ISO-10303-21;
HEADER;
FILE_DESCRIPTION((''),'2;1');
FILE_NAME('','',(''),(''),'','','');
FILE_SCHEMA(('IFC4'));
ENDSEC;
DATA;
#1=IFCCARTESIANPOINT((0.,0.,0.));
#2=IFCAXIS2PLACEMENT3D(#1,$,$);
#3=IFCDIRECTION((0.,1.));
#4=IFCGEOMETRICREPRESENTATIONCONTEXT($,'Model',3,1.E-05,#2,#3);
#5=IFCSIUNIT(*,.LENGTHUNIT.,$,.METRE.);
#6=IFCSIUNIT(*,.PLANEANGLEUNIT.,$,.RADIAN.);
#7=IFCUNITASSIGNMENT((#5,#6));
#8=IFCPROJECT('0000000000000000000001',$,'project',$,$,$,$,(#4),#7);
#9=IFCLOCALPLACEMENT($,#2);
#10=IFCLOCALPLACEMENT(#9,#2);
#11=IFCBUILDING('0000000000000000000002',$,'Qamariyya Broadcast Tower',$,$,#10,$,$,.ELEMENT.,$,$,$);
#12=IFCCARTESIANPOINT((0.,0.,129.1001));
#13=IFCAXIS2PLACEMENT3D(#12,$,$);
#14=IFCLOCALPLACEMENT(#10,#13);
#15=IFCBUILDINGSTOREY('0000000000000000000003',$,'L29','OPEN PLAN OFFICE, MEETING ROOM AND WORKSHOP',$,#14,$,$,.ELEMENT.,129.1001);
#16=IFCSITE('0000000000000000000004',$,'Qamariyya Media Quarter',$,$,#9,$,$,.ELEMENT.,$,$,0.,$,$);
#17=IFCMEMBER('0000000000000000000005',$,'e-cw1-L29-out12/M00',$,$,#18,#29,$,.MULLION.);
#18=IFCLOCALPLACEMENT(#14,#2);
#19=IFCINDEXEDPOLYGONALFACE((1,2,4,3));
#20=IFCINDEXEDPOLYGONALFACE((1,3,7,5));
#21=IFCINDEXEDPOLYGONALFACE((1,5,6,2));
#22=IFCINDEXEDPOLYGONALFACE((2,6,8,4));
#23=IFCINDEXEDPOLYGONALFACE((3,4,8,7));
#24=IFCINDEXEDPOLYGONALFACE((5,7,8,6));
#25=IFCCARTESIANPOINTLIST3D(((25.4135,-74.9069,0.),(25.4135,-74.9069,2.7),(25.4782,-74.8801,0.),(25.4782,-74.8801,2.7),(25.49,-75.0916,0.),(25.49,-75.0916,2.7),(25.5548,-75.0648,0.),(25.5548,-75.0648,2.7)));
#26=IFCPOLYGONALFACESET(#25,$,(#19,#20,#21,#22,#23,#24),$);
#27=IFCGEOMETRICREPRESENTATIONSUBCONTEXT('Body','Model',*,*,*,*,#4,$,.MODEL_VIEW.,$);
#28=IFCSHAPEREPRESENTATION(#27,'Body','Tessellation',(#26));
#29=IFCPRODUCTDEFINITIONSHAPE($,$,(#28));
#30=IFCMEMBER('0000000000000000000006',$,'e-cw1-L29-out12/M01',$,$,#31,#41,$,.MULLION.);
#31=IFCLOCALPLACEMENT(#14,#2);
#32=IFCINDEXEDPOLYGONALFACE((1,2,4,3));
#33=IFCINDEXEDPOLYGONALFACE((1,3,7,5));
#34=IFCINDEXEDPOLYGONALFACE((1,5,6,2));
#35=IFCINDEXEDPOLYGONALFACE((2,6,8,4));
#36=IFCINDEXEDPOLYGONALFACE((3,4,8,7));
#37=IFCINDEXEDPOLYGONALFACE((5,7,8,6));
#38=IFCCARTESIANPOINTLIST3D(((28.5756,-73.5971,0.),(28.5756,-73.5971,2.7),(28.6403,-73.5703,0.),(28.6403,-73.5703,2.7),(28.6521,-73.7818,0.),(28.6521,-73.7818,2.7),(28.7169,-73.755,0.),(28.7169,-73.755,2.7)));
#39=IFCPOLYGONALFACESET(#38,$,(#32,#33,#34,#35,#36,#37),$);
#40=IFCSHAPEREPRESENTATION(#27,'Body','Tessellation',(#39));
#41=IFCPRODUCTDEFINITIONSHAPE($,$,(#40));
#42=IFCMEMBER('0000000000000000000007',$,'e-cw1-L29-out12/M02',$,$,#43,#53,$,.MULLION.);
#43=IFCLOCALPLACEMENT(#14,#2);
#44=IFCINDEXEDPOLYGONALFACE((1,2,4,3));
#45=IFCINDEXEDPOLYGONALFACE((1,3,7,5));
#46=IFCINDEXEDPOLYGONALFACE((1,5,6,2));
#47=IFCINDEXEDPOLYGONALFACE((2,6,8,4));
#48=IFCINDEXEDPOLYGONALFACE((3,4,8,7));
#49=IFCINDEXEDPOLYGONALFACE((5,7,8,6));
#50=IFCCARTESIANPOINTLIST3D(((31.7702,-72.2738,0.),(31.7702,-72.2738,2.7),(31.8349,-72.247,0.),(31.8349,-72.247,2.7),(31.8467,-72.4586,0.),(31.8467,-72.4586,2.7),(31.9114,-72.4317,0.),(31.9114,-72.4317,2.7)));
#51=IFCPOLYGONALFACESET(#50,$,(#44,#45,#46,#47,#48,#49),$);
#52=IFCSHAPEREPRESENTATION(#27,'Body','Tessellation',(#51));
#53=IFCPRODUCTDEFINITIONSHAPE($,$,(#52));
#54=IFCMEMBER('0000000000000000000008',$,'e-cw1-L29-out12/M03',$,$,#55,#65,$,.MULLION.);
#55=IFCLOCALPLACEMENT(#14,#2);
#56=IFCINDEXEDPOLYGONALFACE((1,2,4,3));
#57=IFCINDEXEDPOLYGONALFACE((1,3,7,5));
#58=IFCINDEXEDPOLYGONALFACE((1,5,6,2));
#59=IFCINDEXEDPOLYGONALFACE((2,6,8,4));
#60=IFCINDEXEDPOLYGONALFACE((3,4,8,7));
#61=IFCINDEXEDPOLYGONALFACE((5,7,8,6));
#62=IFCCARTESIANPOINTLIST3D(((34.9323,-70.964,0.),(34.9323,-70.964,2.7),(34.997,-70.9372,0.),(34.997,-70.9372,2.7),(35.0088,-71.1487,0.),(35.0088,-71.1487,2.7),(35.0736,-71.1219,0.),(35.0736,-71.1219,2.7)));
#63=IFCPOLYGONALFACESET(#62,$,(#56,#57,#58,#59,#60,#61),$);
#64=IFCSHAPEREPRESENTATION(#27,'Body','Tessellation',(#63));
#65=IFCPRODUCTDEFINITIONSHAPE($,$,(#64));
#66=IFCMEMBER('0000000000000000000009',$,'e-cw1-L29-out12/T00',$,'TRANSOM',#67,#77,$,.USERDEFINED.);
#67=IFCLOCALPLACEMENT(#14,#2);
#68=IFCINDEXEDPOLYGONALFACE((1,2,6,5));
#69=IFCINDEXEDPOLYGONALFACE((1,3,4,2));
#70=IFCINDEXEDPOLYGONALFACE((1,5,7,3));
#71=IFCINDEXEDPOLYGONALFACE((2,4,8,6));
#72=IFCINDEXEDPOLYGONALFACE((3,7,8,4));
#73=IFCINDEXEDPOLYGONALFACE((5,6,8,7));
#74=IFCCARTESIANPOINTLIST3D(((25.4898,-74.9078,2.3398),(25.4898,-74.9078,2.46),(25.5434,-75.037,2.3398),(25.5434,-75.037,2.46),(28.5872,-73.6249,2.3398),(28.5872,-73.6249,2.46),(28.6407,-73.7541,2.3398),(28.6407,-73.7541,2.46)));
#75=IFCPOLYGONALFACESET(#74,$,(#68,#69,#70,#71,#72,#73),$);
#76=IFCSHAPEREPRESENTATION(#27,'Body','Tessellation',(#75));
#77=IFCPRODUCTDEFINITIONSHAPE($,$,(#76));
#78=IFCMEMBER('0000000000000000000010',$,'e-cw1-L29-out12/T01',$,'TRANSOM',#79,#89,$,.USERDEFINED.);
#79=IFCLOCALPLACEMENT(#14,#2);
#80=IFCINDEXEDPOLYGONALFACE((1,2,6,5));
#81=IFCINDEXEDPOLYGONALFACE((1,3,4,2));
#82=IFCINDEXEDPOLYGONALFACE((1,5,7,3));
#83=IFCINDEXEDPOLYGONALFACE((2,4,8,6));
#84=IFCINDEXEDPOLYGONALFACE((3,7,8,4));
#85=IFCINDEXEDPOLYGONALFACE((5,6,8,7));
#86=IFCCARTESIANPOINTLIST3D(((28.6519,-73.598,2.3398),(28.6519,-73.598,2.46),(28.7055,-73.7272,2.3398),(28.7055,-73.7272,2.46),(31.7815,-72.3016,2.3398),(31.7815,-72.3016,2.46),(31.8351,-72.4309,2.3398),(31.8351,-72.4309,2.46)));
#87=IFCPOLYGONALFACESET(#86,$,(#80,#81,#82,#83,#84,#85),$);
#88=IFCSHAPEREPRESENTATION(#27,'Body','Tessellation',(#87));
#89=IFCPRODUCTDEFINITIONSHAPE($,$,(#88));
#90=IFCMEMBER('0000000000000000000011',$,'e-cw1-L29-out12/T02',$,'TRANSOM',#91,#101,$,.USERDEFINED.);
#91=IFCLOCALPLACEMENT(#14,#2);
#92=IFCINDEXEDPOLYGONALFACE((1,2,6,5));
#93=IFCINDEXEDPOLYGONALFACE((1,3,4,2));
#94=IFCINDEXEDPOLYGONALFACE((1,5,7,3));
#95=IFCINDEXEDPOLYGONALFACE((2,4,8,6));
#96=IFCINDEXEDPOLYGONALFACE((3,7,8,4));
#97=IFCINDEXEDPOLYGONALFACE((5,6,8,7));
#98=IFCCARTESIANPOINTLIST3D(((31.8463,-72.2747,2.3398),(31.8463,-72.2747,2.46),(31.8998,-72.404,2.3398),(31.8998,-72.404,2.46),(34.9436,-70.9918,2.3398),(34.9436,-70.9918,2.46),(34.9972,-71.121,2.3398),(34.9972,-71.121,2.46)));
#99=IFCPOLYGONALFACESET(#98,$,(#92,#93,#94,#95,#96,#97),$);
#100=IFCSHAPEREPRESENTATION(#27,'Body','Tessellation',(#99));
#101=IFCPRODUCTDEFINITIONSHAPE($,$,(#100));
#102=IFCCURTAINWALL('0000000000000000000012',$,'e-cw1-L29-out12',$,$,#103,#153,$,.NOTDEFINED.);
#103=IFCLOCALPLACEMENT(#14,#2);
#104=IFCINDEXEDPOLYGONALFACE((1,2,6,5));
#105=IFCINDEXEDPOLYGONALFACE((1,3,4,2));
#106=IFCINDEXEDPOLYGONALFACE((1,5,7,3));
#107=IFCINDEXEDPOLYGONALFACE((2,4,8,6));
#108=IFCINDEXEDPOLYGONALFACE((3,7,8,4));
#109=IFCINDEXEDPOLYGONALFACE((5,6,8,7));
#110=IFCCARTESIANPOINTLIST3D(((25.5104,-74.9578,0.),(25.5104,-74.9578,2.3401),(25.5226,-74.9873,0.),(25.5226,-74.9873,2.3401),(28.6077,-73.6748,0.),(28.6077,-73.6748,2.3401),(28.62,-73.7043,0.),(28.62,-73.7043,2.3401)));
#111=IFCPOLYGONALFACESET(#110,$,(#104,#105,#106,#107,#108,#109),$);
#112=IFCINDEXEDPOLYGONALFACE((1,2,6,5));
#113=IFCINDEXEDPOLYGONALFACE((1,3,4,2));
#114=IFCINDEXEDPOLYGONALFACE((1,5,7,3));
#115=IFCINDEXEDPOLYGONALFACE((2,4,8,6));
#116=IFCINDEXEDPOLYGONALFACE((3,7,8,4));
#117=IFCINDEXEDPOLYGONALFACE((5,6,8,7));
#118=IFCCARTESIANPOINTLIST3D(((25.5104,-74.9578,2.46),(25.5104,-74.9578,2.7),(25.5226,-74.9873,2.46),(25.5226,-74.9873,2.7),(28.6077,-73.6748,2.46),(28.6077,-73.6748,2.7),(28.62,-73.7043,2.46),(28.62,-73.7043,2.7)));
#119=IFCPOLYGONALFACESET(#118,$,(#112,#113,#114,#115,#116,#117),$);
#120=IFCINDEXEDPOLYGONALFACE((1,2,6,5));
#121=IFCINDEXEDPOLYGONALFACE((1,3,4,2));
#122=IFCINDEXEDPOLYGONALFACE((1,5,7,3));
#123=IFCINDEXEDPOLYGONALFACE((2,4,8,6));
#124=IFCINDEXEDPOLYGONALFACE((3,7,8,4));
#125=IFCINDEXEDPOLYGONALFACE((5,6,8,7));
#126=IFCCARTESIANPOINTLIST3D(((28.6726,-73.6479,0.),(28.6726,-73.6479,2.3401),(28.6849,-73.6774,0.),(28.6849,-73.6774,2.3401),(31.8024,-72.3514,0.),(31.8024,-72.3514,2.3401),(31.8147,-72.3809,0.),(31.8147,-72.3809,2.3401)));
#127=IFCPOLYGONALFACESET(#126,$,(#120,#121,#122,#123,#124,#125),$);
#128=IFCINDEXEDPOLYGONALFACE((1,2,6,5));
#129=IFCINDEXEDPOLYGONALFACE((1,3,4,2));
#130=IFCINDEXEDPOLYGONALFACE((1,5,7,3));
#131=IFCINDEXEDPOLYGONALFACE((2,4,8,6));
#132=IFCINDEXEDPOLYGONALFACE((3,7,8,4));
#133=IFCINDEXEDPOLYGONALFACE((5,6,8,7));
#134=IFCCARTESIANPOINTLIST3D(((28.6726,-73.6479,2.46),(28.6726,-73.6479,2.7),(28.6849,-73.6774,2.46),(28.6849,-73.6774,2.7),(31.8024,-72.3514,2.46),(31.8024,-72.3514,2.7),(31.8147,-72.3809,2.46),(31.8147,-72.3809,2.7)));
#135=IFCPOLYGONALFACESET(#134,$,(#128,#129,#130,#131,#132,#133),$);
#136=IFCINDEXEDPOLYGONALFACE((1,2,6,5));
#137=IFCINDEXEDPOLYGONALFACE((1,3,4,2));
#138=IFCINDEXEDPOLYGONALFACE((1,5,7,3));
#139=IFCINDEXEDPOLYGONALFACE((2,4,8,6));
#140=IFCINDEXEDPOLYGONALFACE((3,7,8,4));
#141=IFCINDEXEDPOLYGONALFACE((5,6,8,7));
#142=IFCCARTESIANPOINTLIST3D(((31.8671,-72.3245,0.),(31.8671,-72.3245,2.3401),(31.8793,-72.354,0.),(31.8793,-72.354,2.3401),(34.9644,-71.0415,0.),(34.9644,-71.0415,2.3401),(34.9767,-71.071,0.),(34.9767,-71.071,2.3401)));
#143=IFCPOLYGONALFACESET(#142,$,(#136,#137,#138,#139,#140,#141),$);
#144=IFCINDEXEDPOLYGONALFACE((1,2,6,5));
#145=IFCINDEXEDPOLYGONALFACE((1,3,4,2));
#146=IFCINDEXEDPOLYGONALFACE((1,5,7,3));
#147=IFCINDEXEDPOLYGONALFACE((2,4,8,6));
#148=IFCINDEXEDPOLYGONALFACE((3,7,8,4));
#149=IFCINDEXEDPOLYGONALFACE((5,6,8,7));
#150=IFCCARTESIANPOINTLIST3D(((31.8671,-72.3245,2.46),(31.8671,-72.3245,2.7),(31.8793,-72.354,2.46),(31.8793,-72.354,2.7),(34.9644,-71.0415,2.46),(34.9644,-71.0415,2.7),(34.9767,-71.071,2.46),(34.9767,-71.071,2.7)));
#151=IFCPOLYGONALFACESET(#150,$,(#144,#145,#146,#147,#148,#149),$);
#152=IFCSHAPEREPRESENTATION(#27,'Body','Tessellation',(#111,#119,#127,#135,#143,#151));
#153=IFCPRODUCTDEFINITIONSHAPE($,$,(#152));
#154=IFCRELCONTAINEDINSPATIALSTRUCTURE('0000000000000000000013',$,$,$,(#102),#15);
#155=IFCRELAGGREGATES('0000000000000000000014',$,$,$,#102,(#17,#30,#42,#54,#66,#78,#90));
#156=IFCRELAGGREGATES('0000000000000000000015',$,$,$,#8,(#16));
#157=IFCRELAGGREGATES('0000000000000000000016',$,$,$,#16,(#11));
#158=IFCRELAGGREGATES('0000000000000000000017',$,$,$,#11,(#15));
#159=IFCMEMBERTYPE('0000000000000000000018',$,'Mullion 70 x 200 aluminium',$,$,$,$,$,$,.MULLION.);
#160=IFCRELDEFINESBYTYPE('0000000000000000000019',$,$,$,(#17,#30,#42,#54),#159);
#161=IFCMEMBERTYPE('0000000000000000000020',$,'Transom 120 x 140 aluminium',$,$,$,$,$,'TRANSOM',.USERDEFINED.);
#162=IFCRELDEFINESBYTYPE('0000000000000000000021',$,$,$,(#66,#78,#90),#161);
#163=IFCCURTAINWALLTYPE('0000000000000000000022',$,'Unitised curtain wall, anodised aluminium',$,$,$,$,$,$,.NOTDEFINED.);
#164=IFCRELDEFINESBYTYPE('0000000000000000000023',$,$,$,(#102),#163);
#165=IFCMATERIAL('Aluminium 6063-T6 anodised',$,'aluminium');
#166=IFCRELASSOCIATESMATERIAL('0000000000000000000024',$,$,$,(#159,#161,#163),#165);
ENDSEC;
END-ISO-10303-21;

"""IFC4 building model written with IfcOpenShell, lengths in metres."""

from ifc_helpers import new_model, si_unit, direction, frame, origin, origin_2d, place, context, subcontext, project, spatial, rectangle, extrude, material, material_profile, profile_set, type_object, element, aggregate, save


model = new_model("IFC4")

# Units and contexts
model_context = context("Model", 3, precision=1e-05, world=origin(), true_north=direction((0.0, 1.0)))
body_context = subcontext(model_context, "Body", "Model", "MODEL_VIEW")
ifc_project = project(units=[si_unit("LENGTHUNIT", "METRE"), si_unit("PLANEANGLEUNIT", "RADIAN")], contexts=[model_context])

# Members
ifc_material = material(Name="Aluminium 6063-T6 anodised", Category="aluminium")
ifc_material_profile_1 = material_profile(ifc_material, rectangle(XDim=0.2, YDim=0.0701, at=origin_2d()))
ifc_profile_set_1 = profile_set([ifc_material_profile_1], Name="Aluminium 6063-T6 anodised")
member_type_1 = type_object("IfcMemberType", Name="Mullion 70 x 200 aluminium", PredefinedType="MULLION", material=ifc_profile_set_1)
site_placement = place(None, origin())
building_placement = place(site_placement, origin())
storey_placement = place(building_placement, frame((0.0, 0.0, 129.1001)))
member_1_placement = place(storey_placement, frame((25.4841, -74.9858, 0.0), z_axis=(0.0, 0.0, 1.0), x_axis=(-0.382683, 0.92388, 0.0)))
member_1 = element("IfcMember", 1, at=member_1_placement, type_object=member_type_1, Name="e-cw1-L29-out12/M00", PredefinedType="MULLION", context=body_context, shape_type="SweptSolid", body=[
    extrude(rectangle(XDim=0.2, YDim=0.0701, at=origin_2d()), origin(), (0.0, 0.0, 1.0), 2.7),
])
member_2_placement = place(storey_placement, frame((28.6462, -73.676, 0.0), z_axis=(0.0, 0.0, 1.0), x_axis=(-0.382683, 0.92388, 0.0)))
member_2 = element("IfcMember", 2, at=member_2_placement, type_object=member_type_1, Name="e-cw1-L29-out12/M01", PredefinedType="MULLION", context=body_context, shape_type="SweptSolid", body=[
    extrude(rectangle(XDim=0.2, YDim=0.0701, at=origin_2d()), origin(), (0.0, 0.0, 1.0), 2.7),
])
member_3_placement = place(storey_placement, frame((31.8408, -72.3528, 0.0), z_axis=(0.0, 0.0, 1.0), x_axis=(-0.382683, 0.92388, 0.0)))
member_3 = element("IfcMember", 3, at=member_3_placement, type_object=member_type_1, Name="e-cw1-L29-out12/M02", PredefinedType="MULLION", context=body_context, shape_type="SweptSolid", body=[
    extrude(rectangle(XDim=0.2, YDim=0.0701, at=origin_2d()), origin(), (0.0, 0.0, 1.0), 2.7),
])
member_4_placement = place(storey_placement, frame((35.0029, -71.043, 0.0), z_axis=(0.0, 0.0, 1.0), x_axis=(-0.382683, 0.92388, 0.0)))
member_4 = element("IfcMember", 4, at=member_4_placement, type_object=member_type_1, Name="e-cw1-L29-out12/M03", PredefinedType="MULLION", context=body_context, shape_type="SweptSolid", body=[
    extrude(rectangle(XDim=0.2, YDim=0.0701, at=origin_2d()), origin(), (0.0, 0.0, 1.0), 2.7),
])
ifc_material_profile_2 = material_profile(ifc_material, rectangle(XDim=0.1399, YDim=0.1201, at=origin_2d()))
ifc_profile_set_2 = profile_set([ifc_material_profile_2], Name="Aluminium 6063-T6 anodised")
member_type_2 = type_object("IfcMemberType", Name="Transom 120 x 140 aluminium", ElementType="TRANSOM", PredefinedType="USERDEFINED", material=ifc_profile_set_2)
member_5_placement = place(storey_placement, frame((25.5166, -74.9724, 2.3999), z_axis=(0.923883, 0.382676, 0.0), x_axis=(-0.382676, 0.923883, 0.0)))
member_5 = element("IfcMember", 5, at=member_5_placement, type_object=member_type_2, Name="e-cw1-L29-out12/T00", ObjectType="TRANSOM", PredefinedType="USERDEFINED", context=body_context, shape_type="SweptSolid", body=[
    extrude(rectangle(XDim=0.1399, YDim=0.1201, at=origin_2d()), origin(), (0.0, 0.0, 1.0), 3.3525),
])
member_6_placement = place(storey_placement, frame((28.6787, -73.6626, 2.3999), z_axis=(0.923875, 0.382696, 0.0), x_axis=(-0.382696, 0.923875, 0.0)))
member_6 = element("IfcMember", 6, at=member_6_placement, type_object=member_type_2, Name="e-cw1-L29-out12/T01", ObjectType="TRANSOM", PredefinedType="USERDEFINED", context=body_context, shape_type="SweptSolid", body=[
    extrude(rectangle(XDim=0.1399, YDim=0.1201, at=origin_2d()), origin(), (0.0, 0.0, 1.0), 3.3875),
])
member_7_placement = place(storey_placement, frame((31.873, -72.3394, 2.3999), z_axis=(0.923883, 0.382676, 0.0), x_axis=(-0.382676, 0.923883, 0.0)))
member_7 = element("IfcMember", 7, at=member_7_placement, type_object=member_type_2, Name="e-cw1-L29-out12/T02", ObjectType="TRANSOM", PredefinedType="USERDEFINED", context=body_context, shape_type="SweptSolid", body=[
    extrude(rectangle(XDim=0.1399, YDim=0.1201, at=origin_2d()), origin(), (0.0, 0.0, 1.0), 3.3525),
])

# Site, building, storey
site = spatial("IfcSite", under=ifc_project, at=site_placement, Name="Qamariyya Media Quarter", CompositionType="ELEMENT", RefElevation=0.0)
building = spatial("IfcBuilding", under=site, at=building_placement, Name="Qamariyya Broadcast Tower", CompositionType="ELEMENT")
storey = spatial("IfcBuildingStorey", under=building, at=storey_placement, Name="L29", Description="OPEN PLAN OFFICE, MEETING ROOM AND WORKSHOP", CompositionType="ELEMENT", Elevation=129.1001)

# Curtain wall
curtain_wall_type = type_object("IfcCurtainWallType", Name="Unitised curtain wall, anodised aluminium", PredefinedType="NOTDEFINED", material=ifc_material)
curtain_wall_1_placement = place(storey_placement, origin())
curtain_wall_1 = element("IfcCurtainWall", 8, at=curtain_wall_1_placement, inside=storey, type_object=curtain_wall_type, Name="e-cw1-L29-out12", PredefinedType="NOTDEFINED", context=body_context, shape_type="SweptSolid", body=[
    extrude(rectangle(XDim=3.3525, YDim=0.032, at=origin_2d()), frame((27.0652, -74.3311, 0.0), x_axis=(0.923872, 0.382701, 0.0)), (0.0, 0.0, 1.0), 2.3401),
    extrude(rectangle(XDim=3.3525, YDim=0.032, at=origin_2d()), frame((27.0652, -74.3311, 2.46), x_axis=(0.923872, 0.382701, 0.0)), (0.0, 0.0, 1.0), 0.24),
    extrude(rectangle(XDim=3.3877, YDim=0.032, at=origin_2d()), frame((30.2437, -73.0144, 0.0), x_axis=(0.923872, 0.382701, 0.0)), (0.0, 0.0, 1.0), 2.3401),
    extrude(rectangle(XDim=3.3877, YDim=0.032, at=origin_2d()), frame((30.2437, -73.0144, 2.46), x_axis=(0.923872, 0.382701, 0.0)), (0.0, 0.0, 1.0), 0.24),
    extrude(rectangle(XDim=3.3525, YDim=0.032, at=origin_2d()), frame((33.4219, -71.6978, 0.0), x_axis=(0.923872, 0.382701, 0.0)), (0.0, 0.0, 1.0), 2.3401),
    extrude(rectangle(XDim=3.3525, YDim=0.032, at=origin_2d()), frame((33.4219, -71.6978, 2.46), x_axis=(0.923872, 0.382701, 0.0)), (0.0, 0.0, 1.0), 0.24),
])
aggregate(curtain_wall_1, [member_1, member_2, member_3, member_4, member_5, member_6, member_7])

save(model, "model.ifc")
